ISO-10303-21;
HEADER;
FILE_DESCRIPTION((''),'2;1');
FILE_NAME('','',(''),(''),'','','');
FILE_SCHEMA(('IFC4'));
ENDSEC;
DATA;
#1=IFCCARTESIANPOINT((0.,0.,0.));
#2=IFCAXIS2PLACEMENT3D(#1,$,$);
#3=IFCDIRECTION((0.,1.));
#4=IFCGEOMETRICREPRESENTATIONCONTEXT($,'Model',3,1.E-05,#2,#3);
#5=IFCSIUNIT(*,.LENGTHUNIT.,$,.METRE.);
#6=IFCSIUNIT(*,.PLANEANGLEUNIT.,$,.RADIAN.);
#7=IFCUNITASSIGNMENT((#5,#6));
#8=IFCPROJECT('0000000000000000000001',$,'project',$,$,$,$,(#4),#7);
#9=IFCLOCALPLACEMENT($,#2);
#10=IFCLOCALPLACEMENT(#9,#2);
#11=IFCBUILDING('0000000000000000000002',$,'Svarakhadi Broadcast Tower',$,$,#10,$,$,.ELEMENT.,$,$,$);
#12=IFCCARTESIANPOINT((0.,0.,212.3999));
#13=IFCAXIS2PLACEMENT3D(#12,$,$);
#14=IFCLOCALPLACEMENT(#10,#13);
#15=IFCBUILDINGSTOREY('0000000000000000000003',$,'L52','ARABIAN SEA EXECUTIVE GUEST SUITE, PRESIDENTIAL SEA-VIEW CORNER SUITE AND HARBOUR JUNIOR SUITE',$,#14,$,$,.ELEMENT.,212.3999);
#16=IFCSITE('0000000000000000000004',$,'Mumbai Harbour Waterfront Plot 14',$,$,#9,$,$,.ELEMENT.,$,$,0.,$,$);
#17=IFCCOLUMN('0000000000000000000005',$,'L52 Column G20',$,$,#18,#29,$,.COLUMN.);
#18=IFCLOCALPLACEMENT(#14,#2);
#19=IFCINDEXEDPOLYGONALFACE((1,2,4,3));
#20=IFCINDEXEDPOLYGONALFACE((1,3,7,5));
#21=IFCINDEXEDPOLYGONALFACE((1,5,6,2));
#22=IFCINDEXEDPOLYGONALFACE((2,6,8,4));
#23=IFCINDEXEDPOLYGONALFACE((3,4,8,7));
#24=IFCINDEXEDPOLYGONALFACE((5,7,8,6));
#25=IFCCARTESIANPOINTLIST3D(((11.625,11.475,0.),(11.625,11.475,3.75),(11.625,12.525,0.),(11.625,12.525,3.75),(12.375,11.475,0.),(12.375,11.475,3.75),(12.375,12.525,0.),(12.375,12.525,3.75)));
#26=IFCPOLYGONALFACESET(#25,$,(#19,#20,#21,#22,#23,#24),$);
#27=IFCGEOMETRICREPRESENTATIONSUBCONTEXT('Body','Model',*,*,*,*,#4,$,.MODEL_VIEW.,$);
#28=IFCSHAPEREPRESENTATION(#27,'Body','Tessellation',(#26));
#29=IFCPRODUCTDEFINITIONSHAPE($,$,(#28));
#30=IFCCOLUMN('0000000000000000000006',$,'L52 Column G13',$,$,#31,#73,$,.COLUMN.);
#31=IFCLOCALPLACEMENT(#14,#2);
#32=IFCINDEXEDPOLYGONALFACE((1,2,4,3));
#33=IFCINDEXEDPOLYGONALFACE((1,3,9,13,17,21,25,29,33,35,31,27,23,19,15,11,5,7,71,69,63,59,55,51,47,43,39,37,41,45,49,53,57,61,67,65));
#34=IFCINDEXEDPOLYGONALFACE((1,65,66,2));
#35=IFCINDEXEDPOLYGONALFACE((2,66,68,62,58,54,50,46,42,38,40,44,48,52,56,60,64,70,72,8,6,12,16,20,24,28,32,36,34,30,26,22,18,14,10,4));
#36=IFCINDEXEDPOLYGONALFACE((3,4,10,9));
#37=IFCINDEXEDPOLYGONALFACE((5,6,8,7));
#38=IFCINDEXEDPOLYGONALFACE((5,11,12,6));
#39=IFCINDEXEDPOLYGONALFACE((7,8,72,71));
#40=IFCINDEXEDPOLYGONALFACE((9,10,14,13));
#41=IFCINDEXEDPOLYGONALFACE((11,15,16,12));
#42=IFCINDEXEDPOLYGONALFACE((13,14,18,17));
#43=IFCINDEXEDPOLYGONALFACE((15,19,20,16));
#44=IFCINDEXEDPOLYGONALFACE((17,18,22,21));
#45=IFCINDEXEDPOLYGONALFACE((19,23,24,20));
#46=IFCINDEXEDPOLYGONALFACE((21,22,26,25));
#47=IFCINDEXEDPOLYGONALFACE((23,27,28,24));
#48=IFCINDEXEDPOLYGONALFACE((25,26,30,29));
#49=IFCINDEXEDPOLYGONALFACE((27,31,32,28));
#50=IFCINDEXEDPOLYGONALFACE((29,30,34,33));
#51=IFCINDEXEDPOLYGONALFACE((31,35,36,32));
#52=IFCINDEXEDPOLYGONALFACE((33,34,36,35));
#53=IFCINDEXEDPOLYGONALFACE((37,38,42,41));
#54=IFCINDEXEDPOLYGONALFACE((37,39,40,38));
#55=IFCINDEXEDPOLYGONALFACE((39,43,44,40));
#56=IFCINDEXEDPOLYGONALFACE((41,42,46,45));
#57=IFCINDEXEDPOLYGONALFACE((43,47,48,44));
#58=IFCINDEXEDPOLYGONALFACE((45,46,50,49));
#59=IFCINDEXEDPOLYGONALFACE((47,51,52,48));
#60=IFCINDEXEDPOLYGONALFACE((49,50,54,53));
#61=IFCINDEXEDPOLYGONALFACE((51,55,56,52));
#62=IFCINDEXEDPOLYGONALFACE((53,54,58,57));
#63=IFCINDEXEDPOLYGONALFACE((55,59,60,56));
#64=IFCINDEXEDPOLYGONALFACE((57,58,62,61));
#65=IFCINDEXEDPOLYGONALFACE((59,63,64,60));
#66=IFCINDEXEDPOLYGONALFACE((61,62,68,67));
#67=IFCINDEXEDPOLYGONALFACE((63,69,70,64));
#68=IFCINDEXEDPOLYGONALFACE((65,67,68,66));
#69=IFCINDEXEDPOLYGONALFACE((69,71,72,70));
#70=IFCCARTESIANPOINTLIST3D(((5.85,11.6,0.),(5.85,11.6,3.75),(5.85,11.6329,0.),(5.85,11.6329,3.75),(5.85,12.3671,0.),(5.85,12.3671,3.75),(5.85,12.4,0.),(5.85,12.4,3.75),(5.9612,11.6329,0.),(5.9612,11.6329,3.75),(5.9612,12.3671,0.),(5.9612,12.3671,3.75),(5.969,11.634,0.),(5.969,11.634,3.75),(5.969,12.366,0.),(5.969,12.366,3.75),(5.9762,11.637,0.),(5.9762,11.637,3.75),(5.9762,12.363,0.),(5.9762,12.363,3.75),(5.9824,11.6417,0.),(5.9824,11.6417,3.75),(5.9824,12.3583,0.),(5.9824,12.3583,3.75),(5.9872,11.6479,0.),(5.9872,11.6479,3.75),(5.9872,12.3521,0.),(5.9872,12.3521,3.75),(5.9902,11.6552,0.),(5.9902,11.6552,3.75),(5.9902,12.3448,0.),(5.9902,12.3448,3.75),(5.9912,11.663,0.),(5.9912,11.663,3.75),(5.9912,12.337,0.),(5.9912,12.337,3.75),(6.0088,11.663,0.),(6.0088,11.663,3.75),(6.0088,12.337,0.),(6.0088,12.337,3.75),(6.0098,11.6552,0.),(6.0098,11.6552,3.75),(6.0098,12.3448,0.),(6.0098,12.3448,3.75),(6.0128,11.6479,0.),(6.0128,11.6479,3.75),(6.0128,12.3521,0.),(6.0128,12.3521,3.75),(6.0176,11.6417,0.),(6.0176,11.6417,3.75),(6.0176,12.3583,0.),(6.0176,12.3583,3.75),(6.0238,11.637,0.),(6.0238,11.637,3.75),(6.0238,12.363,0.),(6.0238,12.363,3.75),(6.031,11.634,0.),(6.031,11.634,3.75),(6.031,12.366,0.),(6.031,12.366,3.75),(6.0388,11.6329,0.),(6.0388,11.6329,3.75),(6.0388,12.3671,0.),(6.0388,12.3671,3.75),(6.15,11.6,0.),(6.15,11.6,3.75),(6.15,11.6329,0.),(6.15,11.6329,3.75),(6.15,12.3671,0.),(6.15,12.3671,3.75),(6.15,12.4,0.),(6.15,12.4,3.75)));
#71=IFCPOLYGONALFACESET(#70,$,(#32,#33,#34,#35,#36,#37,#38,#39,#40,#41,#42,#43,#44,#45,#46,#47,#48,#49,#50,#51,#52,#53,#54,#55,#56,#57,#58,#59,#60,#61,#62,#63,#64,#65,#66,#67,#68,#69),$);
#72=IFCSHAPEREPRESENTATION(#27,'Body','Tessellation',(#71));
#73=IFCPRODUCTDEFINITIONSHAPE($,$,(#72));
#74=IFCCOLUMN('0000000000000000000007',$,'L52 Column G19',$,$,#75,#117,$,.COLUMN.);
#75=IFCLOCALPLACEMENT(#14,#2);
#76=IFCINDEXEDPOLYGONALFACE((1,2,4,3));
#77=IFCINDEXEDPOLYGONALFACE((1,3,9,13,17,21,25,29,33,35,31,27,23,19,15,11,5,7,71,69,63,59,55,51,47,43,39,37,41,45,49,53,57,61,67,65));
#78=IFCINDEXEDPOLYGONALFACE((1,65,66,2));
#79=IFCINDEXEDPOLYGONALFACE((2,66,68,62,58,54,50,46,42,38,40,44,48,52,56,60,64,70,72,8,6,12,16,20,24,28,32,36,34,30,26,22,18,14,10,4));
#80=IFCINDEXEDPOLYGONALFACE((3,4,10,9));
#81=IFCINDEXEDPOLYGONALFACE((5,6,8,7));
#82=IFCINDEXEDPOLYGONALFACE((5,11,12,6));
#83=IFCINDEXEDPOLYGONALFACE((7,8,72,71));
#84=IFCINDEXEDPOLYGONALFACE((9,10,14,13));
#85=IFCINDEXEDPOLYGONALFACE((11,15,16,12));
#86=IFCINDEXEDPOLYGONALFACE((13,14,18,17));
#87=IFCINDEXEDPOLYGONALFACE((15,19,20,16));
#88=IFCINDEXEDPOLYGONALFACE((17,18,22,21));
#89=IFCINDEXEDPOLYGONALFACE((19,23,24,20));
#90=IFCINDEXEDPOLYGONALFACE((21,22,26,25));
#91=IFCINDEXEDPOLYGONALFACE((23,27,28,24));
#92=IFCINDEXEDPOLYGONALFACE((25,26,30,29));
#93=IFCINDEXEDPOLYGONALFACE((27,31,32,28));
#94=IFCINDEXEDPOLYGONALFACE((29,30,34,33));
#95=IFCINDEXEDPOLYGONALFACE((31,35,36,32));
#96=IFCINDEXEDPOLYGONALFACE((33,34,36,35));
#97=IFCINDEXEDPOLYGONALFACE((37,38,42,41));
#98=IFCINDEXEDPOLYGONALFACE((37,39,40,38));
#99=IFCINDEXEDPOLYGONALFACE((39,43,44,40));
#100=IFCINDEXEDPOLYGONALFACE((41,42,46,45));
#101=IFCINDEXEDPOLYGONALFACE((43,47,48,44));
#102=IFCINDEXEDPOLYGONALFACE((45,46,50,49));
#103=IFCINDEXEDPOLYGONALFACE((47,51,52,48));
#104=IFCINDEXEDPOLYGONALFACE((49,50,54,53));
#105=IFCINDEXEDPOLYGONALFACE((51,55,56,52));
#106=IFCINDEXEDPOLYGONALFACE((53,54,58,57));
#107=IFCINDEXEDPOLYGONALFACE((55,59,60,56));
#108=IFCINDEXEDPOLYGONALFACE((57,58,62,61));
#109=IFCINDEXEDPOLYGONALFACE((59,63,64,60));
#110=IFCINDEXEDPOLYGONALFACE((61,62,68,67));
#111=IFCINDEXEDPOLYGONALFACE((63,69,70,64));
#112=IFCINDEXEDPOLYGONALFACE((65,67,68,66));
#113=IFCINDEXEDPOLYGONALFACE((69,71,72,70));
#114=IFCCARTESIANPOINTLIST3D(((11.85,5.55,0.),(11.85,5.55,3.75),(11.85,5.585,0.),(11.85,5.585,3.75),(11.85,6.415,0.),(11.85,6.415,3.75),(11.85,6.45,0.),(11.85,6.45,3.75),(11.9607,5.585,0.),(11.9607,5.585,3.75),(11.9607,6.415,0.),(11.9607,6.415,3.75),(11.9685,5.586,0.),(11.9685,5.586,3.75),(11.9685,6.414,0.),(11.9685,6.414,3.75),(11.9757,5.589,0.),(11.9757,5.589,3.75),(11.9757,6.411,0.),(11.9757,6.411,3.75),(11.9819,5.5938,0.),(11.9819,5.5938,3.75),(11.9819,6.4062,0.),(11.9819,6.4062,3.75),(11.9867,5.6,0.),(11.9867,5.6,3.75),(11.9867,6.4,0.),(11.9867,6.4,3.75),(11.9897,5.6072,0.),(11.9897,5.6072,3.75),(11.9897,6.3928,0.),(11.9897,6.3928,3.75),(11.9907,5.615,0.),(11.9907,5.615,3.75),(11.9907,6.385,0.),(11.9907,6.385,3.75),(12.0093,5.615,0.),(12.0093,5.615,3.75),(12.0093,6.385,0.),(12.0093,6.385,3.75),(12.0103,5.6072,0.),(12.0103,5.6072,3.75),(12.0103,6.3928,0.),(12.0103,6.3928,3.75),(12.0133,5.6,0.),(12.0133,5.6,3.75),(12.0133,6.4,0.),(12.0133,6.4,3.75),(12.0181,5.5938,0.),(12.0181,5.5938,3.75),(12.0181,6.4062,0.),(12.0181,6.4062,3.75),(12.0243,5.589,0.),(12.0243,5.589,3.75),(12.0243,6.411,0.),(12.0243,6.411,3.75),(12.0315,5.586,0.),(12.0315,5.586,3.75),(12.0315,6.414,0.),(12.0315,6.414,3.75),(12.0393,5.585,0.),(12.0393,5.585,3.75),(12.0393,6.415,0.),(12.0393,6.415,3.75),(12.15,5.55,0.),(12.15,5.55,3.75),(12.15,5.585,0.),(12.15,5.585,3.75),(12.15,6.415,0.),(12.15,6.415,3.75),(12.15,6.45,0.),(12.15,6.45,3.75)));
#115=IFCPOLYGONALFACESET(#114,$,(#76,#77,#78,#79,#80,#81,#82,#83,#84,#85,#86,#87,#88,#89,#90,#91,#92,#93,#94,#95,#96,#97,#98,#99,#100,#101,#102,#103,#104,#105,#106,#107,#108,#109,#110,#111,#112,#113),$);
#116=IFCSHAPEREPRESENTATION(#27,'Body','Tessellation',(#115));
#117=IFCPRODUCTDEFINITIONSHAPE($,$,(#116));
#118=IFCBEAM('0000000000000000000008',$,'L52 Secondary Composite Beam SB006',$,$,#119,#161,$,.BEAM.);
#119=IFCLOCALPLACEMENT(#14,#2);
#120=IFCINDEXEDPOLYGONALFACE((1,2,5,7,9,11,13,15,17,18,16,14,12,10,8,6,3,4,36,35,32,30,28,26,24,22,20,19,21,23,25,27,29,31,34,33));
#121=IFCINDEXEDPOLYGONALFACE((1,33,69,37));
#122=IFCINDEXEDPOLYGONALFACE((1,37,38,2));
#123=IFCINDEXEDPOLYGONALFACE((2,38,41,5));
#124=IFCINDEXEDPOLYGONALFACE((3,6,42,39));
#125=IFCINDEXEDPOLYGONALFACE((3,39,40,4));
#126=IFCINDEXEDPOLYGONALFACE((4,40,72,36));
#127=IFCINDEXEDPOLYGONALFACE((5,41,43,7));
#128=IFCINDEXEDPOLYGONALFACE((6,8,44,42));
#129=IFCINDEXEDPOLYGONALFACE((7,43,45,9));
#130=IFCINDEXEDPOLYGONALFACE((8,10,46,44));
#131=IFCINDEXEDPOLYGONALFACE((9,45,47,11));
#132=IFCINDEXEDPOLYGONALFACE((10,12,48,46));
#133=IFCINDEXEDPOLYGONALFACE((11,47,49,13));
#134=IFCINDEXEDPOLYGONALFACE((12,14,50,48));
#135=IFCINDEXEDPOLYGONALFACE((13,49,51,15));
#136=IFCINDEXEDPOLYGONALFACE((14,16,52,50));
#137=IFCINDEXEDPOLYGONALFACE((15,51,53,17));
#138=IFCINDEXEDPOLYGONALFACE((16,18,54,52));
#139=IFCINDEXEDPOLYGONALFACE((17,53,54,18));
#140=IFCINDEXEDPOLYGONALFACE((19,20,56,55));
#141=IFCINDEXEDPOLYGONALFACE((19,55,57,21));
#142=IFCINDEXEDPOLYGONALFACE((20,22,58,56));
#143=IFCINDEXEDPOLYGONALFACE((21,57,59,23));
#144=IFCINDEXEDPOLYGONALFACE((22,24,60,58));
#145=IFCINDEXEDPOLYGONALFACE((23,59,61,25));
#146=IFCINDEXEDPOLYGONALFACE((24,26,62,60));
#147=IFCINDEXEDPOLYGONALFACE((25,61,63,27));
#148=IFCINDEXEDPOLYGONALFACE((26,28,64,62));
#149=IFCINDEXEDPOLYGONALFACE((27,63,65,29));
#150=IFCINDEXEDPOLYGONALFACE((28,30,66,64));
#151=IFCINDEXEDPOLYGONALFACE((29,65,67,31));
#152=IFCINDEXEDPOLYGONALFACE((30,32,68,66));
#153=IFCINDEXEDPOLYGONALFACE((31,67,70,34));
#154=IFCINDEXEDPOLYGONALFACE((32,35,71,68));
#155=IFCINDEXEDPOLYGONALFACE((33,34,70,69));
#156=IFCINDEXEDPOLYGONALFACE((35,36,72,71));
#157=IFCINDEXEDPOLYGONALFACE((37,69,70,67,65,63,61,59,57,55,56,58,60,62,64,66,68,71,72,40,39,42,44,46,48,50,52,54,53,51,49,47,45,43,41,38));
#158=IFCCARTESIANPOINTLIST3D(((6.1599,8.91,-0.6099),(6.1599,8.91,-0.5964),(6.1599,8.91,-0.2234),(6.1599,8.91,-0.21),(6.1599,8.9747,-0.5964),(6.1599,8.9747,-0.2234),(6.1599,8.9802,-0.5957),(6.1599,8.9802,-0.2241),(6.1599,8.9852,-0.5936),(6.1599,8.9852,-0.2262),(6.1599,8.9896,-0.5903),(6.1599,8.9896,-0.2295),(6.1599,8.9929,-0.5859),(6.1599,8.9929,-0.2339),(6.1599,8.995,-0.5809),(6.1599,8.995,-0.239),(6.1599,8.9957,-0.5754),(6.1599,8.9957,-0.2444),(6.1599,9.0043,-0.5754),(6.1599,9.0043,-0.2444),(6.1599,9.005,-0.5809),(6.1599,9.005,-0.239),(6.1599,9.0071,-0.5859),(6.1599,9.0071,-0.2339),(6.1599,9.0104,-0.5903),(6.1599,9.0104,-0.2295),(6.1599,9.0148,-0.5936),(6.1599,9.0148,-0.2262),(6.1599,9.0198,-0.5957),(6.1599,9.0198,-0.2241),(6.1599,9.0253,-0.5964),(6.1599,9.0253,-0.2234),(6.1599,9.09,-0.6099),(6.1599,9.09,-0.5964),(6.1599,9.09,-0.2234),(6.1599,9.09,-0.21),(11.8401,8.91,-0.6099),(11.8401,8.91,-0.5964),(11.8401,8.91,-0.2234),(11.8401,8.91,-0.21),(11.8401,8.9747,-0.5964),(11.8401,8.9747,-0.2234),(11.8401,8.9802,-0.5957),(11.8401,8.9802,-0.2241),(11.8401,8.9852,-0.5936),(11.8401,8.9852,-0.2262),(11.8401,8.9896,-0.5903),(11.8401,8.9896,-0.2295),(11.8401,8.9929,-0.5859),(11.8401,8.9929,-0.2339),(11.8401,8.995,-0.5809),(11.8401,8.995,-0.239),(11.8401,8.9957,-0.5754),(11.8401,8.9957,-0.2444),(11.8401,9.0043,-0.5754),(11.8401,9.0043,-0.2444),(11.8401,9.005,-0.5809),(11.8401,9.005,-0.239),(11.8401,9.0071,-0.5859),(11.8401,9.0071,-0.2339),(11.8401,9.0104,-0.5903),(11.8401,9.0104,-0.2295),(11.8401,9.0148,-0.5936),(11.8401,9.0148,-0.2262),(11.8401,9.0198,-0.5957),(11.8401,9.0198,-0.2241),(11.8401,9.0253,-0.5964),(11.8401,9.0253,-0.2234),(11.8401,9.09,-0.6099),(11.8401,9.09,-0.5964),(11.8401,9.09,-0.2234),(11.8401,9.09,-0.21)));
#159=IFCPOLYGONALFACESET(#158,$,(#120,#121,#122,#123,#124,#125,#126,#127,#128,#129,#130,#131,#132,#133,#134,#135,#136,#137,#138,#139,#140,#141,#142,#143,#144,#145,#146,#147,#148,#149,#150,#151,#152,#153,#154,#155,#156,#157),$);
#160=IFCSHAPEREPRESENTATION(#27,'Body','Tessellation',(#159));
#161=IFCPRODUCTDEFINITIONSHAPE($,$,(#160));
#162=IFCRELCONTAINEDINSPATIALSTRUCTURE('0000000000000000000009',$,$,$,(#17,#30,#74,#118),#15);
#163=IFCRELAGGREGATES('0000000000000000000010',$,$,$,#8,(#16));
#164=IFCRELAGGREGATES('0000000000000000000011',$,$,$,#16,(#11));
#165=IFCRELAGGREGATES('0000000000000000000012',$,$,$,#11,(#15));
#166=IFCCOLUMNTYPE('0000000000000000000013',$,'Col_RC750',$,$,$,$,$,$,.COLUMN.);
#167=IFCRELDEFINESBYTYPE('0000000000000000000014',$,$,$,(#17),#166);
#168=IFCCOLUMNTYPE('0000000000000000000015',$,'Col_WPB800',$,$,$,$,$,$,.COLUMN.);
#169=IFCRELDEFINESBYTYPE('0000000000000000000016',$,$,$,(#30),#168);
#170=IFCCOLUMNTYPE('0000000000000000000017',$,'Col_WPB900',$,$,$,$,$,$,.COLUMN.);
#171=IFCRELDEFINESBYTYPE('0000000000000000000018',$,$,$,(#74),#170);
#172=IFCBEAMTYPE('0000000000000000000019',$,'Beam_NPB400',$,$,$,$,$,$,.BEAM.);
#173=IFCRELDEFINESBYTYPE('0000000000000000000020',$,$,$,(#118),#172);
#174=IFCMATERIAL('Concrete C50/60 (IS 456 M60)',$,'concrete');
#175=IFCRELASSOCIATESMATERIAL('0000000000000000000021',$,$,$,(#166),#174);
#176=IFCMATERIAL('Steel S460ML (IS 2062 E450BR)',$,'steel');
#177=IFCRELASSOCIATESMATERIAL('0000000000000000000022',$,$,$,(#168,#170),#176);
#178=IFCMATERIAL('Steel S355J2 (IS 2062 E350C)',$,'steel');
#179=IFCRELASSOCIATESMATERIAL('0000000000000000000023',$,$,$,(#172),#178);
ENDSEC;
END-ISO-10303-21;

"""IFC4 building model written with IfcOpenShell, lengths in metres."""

from ifc_helpers import new_model, si_unit, direction, frame, origin, origin_2d, place, context, subcontext, project, spatial, rectangle, i_section, extrude, material, material_profile, profile_set, type_object, element, save


model = new_model("IFC4")

# Units and contexts
model_context = context("Model", 3, precision=1e-05, world=origin(), true_north=direction((0.0, 1.0)))
body_context = subcontext(model_context, "Body", "Model", "MODEL_VIEW")
ifc_project = project(units=[si_unit("LENGTHUNIT", "METRE"), si_unit("PLANEANGLEUNIT", "RADIAN")], contexts=[model_context])

# Site, building, storey
site_placement = place(None, origin())
site = spatial("IfcSite", under=ifc_project, at=site_placement, Name="Mumbai Harbour Waterfront Plot 14", CompositionType="ELEMENT", RefElevation=0.0)
building_placement = place(site_placement, origin())
building = spatial("IfcBuilding", under=site, at=building_placement, Name="Svarakhadi Broadcast Tower", CompositionType="ELEMENT")
storey_placement = place(building_placement, frame((0.0, 0.0, 212.3999)))
storey = spatial("IfcBuildingStorey", under=building, at=storey_placement, Name="L52", Description="ARABIAN SEA EXECUTIVE GUEST SUITE, PRESIDENTIAL SEA-VIEW CORNER SUITE AND HARBOUR JUNIOR SUITE", CompositionType="ELEMENT", Elevation=212.3999)

# Columns
ifc_material_1 = material(Name="Concrete C50/60 (IS 456 M60)", Category="concrete")
ifc_material_profile_1 = material_profile(ifc_material_1, rectangle(XDim=0.75, YDim=1.05, at=origin_2d()), Name="RC 750x1050")
ifc_profile_set_1 = profile_set([ifc_material_profile_1], Name="Concrete C50/60 (IS 456 M60)")
column_type_1 = type_object("IfcColumnType", Name="Col_RC750", PredefinedType="COLUMN", material=ifc_profile_set_1)
column_1_placement = place(storey_placement, frame((12.0, 12.0, 0.0), z_axis=(0.0, 0.0, 1.0), x_axis=(1.0, 0.0, 0.0)))
element("IfcColumn", 1, at=column_1_placement, inside=storey, type_object=column_type_1, Name="L52 Column G20", PredefinedType="COLUMN", context=body_context, shape_type="SweptSolid", body=[
    extrude(rectangle(XDim=0.75, YDim=1.05, at=origin_2d()), origin(), (0.0, 0.0, 1.0), 3.75),
])
ifc_material_2 = material(Name="Steel S460ML (IS 2062 E450BR)", Category="steel")
ifc_material_profile_2 = material_profile(ifc_material_2, i_section(OverallWidth=0.3, OverallDepth=0.8, WebThickness=0.0176, FlangeThickness=0.033, FilletRadius=0.03, at=origin_2d()), Name="WPB 800x300x262")
ifc_profile_set_2 = profile_set([ifc_material_profile_2], Name="Steel S460ML (IS 2062 E450BR)")
column_type_2 = type_object("IfcColumnType", Name="Col_WPB800", PredefinedType="COLUMN", material=ifc_profile_set_2)
column_2_placement = place(storey_placement, frame((6.0, 12.0, 0.0), z_axis=(0.0, 0.0, 1.0), x_axis=(1.0, 0.0, 0.0)))
element("IfcColumn", 2, at=column_2_placement, inside=storey, type_object=column_type_2, Name="L52 Column G13", PredefinedType="COLUMN", context=body_context, shape_type="SweptSolid", body=[
    extrude(i_section(OverallWidth=0.3, OverallDepth=0.8, WebThickness=0.0176, FlangeThickness=0.033, FilletRadius=0.03, at=origin_2d()), origin(), (0.0, 0.0, 1.0), 3.75),
])
ifc_material_profile_3 = material_profile(ifc_material_2, i_section(OverallWidth=0.3, OverallDepth=0.8999, WebThickness=0.0186, FlangeThickness=0.0349, FilletRadius=0.03, at=origin_2d()), Name="WPB 900x300x291")
ifc_profile_set_3 = profile_set([ifc_material_profile_3], Name="Steel S460ML (IS 2062 E450BR)")
column_type_3 = type_object("IfcColumnType", Name="Col_WPB900", PredefinedType="COLUMN", material=ifc_profile_set_3)
column_3_placement = place(storey_placement, frame((12.0, 6.0, 0.0), z_axis=(0.0, 0.0, 1.0), x_axis=(1.0, 0.0, 0.0)))
element("IfcColumn", 3, at=column_3_placement, inside=storey, type_object=column_type_3, Name="L52 Column G19", PredefinedType="COLUMN", context=body_context, shape_type="SweptSolid", body=[
    extrude(i_section(OverallWidth=0.3, OverallDepth=0.8999, WebThickness=0.0186, FlangeThickness=0.0349, FilletRadius=0.03, at=origin_2d()), origin(), (0.0, 0.0, 1.0), 3.75),
])

# Beam
ifc_material_3 = material(Name="Steel S355J2 (IS 2062 E350C)", Category="steel")
ifc_material_profile_4 = material_profile(ifc_material_3, i_section(OverallWidth=0.1799, OverallDepth=0.3999, WebThickness=0.0085, FlangeThickness=0.0134, FilletRadius=0.021, at=origin_2d()), Name="NPB 400x180x66")
ifc_profile_set_4 = profile_set([ifc_material_profile_4], Name="Steel S355J2 (IS 2062 E350C)")
beam_type_1 = type_object("IfcBeamType", Name="Beam_NPB400", PredefinedType="BEAM", material=ifc_profile_set_4)
for number, where, z_axis, x_axis, name in (
    (4, (6.1599, 9.0, -0.4099), (1.0, 0.0, 0.0), (0.0, 1.0, 0.0), "L52 Secondary Composite Beam SB006"),
):
    element("IfcBeam", number, at=place(storey_placement, frame(where, z_axis=z_axis, x_axis=x_axis)), inside=storey, type_object=beam_type_1, Name=name, PredefinedType="BEAM", context=body_context, shape_type="SweptSolid", body=[
        extrude(i_section(OverallWidth=0.1799, OverallDepth=0.3999, WebThickness=0.0085, FlangeThickness=0.0134, FilletRadius=0.021, at=origin_2d()), origin(), (0.0, 0.0, 1.0), 5.6802),
    ])

save(model, "model.ifc")
